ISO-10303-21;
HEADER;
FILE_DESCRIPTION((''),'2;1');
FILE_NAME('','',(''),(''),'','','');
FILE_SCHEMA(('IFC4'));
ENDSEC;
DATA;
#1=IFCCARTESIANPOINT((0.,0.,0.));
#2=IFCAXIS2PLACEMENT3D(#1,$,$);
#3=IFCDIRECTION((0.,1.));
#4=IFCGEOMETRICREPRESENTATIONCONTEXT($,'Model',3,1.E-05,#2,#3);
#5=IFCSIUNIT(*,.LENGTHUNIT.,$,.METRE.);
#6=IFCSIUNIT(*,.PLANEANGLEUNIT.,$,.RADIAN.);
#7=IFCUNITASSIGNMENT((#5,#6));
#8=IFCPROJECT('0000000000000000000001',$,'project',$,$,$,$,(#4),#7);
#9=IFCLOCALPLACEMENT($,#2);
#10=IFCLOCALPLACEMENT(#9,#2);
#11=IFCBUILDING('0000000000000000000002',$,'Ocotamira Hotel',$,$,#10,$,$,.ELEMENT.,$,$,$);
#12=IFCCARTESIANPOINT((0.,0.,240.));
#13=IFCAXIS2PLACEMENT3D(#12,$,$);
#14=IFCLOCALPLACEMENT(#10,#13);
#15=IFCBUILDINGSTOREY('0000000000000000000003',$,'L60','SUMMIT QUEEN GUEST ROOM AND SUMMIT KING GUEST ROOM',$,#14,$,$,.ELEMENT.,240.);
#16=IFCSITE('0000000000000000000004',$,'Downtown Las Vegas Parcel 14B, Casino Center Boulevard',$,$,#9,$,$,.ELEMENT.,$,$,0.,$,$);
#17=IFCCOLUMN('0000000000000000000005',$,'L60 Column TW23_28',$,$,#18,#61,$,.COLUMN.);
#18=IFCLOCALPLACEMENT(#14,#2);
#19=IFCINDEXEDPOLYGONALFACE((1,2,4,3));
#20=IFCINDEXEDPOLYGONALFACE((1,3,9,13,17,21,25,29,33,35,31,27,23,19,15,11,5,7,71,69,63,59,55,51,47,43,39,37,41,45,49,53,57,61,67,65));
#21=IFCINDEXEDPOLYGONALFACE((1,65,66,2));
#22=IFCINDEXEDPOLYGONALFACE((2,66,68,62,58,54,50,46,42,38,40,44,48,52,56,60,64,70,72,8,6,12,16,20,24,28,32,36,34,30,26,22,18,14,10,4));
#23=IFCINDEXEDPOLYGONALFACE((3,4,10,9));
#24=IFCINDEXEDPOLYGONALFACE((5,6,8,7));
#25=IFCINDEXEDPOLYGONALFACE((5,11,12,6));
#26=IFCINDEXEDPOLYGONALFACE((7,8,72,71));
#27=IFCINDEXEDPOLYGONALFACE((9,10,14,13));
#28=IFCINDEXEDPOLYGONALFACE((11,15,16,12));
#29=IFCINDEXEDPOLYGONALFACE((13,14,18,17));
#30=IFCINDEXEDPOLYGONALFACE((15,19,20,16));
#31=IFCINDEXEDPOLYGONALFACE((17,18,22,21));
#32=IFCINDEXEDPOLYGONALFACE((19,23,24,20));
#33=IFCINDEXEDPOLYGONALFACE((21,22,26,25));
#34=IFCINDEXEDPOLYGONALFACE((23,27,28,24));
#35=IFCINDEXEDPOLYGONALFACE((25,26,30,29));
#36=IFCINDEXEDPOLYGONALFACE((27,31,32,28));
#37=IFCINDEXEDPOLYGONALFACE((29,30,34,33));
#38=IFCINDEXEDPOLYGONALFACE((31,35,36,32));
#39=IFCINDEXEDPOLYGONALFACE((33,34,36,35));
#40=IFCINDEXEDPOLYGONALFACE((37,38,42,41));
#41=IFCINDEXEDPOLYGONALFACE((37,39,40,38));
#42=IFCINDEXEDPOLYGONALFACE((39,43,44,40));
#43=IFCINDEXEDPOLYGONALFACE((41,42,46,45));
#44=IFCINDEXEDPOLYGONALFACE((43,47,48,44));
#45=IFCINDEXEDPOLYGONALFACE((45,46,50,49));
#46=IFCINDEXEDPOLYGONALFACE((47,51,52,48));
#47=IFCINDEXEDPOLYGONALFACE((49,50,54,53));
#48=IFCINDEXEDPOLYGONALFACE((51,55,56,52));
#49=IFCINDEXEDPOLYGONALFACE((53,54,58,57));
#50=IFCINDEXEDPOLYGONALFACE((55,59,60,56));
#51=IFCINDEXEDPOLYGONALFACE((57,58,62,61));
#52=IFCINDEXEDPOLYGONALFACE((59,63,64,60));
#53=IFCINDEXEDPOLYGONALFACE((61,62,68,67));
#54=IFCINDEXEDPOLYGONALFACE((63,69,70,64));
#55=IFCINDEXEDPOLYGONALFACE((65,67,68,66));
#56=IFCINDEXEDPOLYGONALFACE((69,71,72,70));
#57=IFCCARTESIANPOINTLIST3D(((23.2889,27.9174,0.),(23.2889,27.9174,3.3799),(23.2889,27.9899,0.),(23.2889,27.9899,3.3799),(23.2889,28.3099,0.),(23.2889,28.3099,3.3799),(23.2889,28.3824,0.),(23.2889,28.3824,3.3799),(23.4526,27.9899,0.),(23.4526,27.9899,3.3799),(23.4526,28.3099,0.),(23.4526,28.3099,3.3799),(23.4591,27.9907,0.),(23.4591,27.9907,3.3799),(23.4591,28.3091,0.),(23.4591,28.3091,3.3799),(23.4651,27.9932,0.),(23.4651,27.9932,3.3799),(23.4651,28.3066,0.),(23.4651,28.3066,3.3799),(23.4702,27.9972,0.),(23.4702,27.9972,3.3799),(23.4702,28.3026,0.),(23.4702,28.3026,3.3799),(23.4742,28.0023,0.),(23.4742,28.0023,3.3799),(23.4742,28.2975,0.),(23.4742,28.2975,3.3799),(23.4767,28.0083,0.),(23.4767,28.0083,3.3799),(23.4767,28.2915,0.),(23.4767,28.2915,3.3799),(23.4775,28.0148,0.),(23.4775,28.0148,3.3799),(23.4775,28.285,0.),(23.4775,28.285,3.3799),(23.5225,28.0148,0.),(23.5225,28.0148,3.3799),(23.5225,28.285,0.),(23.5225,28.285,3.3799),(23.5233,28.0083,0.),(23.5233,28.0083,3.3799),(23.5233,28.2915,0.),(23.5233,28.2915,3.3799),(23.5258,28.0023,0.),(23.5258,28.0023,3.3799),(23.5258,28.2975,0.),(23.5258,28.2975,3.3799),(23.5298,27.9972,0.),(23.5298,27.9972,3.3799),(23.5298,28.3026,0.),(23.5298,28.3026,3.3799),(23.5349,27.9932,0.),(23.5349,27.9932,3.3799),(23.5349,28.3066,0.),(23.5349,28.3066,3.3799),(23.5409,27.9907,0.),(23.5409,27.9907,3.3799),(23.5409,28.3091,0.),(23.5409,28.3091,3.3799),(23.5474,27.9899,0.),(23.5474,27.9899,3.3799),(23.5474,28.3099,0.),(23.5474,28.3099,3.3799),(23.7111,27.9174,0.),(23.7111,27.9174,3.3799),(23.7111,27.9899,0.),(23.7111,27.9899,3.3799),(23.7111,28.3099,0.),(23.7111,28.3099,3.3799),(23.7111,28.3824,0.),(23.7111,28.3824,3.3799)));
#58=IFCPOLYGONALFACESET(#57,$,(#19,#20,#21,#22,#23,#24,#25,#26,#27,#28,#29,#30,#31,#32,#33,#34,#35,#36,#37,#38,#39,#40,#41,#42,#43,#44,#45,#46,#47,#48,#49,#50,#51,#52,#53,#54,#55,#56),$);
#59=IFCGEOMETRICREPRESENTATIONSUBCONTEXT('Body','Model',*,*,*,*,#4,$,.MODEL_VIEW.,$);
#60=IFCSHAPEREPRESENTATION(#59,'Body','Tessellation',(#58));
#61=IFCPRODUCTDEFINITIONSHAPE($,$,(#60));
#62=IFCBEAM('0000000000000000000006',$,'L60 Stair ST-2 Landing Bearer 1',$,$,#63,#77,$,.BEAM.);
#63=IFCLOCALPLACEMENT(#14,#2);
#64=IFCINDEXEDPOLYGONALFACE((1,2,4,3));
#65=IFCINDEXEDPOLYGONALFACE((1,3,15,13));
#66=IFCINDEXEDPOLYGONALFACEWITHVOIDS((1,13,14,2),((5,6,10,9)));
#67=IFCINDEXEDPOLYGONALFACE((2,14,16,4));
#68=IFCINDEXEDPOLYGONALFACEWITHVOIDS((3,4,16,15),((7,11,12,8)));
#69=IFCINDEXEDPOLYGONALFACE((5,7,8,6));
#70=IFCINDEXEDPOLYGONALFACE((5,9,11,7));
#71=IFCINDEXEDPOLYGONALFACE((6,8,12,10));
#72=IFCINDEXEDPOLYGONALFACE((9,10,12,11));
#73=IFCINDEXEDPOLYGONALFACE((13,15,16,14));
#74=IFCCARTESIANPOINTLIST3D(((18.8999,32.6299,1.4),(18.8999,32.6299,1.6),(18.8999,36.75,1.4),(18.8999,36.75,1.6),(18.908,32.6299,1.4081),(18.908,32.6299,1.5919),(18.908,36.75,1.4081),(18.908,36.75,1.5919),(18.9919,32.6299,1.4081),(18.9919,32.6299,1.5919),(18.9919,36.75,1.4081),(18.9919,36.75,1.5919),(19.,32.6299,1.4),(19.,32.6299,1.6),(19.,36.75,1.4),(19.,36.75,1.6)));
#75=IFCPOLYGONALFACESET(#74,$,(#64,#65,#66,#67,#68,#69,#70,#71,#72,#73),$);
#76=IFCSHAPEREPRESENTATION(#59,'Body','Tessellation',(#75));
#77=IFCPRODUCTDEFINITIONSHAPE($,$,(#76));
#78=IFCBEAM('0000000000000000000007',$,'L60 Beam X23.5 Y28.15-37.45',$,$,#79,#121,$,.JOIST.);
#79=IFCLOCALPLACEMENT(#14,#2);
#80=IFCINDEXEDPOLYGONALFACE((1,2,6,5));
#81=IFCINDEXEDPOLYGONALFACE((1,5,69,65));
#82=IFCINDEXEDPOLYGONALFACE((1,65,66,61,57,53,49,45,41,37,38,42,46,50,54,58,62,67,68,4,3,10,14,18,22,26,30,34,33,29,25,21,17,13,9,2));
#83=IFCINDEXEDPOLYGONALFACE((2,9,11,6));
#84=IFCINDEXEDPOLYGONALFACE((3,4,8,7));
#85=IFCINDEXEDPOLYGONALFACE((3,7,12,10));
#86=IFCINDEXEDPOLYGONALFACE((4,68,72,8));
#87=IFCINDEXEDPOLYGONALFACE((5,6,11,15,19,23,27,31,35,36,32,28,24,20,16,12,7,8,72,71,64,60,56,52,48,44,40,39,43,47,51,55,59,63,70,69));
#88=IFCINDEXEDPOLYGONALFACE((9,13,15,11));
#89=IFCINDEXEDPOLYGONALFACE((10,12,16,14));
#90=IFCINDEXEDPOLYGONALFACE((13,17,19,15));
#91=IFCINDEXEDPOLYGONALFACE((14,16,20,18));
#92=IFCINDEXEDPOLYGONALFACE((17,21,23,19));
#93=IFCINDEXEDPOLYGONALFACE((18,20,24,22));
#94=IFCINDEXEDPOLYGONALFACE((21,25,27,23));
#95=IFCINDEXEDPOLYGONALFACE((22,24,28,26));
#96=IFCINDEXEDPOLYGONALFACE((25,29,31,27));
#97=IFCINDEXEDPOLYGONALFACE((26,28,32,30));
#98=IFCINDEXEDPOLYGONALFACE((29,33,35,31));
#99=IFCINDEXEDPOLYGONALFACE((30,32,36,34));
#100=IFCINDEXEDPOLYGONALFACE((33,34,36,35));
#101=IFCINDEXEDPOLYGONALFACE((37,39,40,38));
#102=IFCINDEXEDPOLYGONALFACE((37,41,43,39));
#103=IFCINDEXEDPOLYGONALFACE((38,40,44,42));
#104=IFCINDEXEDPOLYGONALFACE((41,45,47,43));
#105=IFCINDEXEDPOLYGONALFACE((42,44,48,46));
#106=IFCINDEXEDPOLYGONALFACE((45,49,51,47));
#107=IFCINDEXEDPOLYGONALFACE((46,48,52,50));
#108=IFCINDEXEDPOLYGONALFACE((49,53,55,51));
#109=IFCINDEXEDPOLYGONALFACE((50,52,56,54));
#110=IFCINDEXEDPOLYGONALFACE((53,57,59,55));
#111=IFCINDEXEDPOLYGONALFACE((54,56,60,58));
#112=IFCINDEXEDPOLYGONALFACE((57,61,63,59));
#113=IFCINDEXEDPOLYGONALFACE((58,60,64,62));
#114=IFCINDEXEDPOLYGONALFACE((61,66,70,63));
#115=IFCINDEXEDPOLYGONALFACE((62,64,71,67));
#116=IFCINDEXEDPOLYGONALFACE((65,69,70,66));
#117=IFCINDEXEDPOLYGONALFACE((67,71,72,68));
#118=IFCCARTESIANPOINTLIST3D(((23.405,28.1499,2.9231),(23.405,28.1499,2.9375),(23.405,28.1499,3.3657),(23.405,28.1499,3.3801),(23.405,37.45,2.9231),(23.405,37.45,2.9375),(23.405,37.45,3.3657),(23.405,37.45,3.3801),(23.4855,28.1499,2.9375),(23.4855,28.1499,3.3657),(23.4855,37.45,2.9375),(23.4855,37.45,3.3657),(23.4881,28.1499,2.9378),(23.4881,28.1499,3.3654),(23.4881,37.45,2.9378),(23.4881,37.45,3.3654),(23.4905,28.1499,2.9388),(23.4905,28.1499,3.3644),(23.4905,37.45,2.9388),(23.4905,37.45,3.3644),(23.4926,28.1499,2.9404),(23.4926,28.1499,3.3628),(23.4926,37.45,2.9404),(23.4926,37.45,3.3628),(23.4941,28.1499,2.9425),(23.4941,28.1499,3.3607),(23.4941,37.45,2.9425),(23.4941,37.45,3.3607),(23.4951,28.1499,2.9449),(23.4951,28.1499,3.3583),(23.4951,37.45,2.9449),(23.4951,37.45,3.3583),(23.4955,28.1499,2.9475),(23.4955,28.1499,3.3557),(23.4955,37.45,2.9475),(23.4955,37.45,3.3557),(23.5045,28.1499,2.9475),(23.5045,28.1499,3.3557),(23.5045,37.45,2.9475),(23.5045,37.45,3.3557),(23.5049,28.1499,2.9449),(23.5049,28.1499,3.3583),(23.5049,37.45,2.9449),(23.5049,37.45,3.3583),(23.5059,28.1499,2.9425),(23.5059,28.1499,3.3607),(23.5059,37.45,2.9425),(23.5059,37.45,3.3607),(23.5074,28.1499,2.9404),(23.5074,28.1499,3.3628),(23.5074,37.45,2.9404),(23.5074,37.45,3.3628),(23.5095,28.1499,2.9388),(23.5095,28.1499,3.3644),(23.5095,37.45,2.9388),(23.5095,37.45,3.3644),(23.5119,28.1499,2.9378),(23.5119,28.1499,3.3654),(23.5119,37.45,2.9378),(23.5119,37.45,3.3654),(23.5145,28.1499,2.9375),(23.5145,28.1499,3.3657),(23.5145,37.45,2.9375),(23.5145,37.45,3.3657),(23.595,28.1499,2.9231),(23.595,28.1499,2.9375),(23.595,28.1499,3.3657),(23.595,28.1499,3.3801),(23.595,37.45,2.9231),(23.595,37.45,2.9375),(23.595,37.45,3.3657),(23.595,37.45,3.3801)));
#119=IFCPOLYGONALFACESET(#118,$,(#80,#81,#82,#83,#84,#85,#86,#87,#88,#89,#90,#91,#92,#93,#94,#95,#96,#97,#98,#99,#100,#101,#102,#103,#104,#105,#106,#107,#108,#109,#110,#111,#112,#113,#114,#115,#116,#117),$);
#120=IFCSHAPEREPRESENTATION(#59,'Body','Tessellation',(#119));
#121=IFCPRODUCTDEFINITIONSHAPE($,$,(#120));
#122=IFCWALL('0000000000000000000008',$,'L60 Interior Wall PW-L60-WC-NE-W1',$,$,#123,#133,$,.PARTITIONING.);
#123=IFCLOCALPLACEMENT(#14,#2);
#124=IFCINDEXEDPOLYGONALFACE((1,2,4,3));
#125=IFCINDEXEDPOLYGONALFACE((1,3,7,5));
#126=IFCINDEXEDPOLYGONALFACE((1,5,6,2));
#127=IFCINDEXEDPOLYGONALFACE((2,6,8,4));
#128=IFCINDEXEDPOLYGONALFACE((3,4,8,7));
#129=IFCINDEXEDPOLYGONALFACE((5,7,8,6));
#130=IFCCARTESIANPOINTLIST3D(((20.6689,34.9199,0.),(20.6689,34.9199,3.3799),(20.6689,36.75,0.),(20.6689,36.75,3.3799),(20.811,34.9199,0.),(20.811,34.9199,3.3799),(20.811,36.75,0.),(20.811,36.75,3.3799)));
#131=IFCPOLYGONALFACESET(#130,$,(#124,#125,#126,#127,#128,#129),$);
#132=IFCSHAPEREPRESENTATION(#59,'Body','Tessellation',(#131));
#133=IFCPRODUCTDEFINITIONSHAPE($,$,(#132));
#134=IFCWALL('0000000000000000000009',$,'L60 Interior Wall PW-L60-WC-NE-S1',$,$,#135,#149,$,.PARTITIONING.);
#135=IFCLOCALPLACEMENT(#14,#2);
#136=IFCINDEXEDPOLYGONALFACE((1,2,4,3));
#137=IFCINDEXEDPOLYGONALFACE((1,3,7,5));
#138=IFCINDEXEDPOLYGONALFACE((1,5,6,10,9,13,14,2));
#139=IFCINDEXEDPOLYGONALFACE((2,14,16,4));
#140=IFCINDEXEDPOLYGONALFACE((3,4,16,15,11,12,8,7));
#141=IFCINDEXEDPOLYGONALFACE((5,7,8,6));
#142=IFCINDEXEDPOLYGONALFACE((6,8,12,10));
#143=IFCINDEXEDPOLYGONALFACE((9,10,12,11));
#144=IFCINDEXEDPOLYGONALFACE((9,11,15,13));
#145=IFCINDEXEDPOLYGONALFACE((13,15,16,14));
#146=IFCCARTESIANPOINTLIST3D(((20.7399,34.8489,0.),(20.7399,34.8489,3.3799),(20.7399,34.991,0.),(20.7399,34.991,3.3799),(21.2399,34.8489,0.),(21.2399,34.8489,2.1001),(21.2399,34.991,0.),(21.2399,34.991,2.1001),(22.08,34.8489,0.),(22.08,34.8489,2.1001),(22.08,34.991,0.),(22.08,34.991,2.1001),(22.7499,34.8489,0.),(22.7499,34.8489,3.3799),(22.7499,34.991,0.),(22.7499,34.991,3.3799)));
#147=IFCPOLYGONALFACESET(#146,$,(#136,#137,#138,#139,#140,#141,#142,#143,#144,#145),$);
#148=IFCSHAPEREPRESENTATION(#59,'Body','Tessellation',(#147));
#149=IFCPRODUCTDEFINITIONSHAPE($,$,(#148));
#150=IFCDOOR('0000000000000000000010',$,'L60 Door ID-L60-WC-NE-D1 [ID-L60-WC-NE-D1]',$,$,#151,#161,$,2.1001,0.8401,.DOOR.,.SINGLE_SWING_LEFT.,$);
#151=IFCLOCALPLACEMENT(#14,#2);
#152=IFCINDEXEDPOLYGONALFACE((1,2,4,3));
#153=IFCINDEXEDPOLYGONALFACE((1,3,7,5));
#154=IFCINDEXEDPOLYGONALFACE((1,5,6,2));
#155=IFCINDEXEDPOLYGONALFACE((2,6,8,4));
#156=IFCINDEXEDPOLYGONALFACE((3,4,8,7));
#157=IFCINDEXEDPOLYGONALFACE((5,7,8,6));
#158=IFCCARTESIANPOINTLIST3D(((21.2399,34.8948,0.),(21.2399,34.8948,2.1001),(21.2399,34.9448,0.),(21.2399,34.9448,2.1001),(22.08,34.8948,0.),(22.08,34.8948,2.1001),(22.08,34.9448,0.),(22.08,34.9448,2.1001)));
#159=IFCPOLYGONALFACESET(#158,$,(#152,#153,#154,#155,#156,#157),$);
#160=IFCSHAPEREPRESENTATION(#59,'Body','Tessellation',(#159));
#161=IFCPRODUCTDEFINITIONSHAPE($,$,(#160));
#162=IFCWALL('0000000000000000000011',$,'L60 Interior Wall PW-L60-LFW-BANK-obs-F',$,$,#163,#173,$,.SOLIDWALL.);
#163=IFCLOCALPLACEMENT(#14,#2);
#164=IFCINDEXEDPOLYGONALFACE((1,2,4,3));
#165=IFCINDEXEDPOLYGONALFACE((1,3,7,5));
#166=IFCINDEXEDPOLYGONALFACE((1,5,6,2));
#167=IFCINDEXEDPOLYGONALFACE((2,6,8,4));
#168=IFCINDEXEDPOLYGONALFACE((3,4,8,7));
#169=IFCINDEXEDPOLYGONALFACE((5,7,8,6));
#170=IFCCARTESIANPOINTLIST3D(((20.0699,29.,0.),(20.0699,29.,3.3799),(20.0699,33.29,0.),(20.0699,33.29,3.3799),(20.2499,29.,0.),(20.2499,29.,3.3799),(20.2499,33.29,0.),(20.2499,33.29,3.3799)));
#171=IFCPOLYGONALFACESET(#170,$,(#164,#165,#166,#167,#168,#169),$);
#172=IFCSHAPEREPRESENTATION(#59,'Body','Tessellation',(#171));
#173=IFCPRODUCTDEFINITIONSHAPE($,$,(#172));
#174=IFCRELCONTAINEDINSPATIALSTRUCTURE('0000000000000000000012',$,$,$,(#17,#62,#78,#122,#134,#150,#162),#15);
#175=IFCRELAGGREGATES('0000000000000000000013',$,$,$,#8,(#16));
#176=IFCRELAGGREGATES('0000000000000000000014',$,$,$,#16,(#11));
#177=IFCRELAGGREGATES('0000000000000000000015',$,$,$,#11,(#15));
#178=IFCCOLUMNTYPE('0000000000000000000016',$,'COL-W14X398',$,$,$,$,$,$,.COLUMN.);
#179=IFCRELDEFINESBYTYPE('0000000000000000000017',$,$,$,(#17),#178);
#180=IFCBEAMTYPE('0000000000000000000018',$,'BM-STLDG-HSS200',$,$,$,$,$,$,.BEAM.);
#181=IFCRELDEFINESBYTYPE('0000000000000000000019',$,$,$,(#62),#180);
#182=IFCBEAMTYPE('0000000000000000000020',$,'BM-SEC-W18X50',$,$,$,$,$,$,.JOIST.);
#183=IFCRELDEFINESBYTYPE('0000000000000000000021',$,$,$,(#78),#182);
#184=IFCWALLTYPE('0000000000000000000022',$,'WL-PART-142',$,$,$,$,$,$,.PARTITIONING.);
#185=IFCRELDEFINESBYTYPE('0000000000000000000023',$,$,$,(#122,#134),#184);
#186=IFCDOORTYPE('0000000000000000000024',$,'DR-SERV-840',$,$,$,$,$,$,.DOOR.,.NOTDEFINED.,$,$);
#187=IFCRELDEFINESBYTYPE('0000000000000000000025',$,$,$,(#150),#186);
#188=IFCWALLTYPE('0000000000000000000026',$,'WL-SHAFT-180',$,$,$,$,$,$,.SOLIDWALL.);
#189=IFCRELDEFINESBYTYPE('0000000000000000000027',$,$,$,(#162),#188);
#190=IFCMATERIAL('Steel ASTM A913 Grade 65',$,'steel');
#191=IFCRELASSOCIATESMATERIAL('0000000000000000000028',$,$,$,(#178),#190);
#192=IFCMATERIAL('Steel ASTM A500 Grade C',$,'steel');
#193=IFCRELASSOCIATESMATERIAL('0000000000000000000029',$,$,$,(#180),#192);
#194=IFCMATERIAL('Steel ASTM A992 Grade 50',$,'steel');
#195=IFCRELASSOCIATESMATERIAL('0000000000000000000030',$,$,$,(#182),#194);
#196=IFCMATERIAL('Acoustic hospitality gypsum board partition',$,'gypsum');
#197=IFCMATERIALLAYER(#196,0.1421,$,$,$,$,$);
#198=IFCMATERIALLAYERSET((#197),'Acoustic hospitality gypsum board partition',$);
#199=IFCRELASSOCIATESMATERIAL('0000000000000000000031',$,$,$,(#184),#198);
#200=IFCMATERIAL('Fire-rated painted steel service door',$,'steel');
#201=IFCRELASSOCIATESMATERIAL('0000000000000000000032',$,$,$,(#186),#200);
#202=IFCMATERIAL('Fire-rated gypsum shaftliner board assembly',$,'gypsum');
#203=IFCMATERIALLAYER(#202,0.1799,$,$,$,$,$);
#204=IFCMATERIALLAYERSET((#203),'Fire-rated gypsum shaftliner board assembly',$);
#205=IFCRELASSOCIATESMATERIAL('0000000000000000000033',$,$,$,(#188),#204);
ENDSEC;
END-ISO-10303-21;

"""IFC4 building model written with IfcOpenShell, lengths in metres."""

from ifc_helpers import new_model, si_unit, direction, frame, frame_2d, origin, origin_2d, place, context, subcontext, project, spatial, rectangle, hollow_rectangle, i_section, extrude, source, transform, mapped, material, layer, layer_set, material_profile, profile_set, type_object, element, fill, save


model = new_model("IFC4")

# Units and contexts
model_context = context("Model", 3, precision=1e-05, world=origin(), true_north=direction((0.0, 1.0)))
body_context = subcontext(model_context, "Body", "Model", "MODEL_VIEW")
ifc_project = project(units=[si_unit("LENGTHUNIT", "METRE"), si_unit("PLANEANGLEUNIT", "RADIAN")], contexts=[model_context])

# Site, building, storey
site_placement = place(None, origin())
site = spatial("IfcSite", under=ifc_project, at=site_placement, Name="Downtown Las Vegas Parcel 14B, Casino Center Boulevard", CompositionType="ELEMENT", RefElevation=0.0)
building_placement = place(site_placement, origin())
building = spatial("IfcBuilding", under=site, at=building_placement, Name="Ocotamira Hotel", CompositionType="ELEMENT")
storey_placement = place(building_placement, frame((0.0, 0.0, 240.0)))
storey = spatial("IfcBuildingStorey", under=building, at=storey_placement, Name="L60", Description="SUMMIT QUEEN GUEST ROOM AND SUMMIT KING GUEST ROOM", CompositionType="ELEMENT", Elevation=240.0)

# Column
ifc_material_1 = material(Name="Steel ASTM A913 Grade 65", Category="steel")
ifc_material_profile_1 = material_profile(ifc_material_1, i_section(OverallWidth=0.4221, OverallDepth=0.4651, WebThickness=0.0449, FlangeThickness=0.0725, FilletRadius=0.0249, at=origin_2d()), Name="W14X398")
ifc_profile_set_1 = profile_set([ifc_material_profile_1], Name="Steel ASTM A913 Grade 65")
column_type = type_object("IfcColumnType", Name="COL-W14X398", PredefinedType="COLUMN", material=ifc_profile_set_1)
shared_shape_1 = source(origin(), body_context, "Body", "SweptSolid", [
    extrude(i_section(OverallWidth=0.4221, OverallDepth=0.4651, WebThickness=0.0449, FlangeThickness=0.0725, FilletRadius=0.0249, at=origin_2d()), origin(), (0.0, 0.0, 1.0), 3.3799),
])
column_placement = place(storey_placement, frame((23.5, 28.1499, 0.0), z_axis=(0.0, 0.0, 1.0), x_axis=(1.0, 0.0, 0.0)))
element("IfcColumn", 1, at=column_placement, inside=storey, type_object=column_type, Name="L60 Column TW23_28", PredefinedType="COLUMN", context=body_context, shape_type="MappedRepresentation", body=[
    mapped(shared_shape_1, transform((0.0, 0.0, 0.0), scale=1.0)),
])

# Beams
ifc_material_2 = material(Name="Steel ASTM A500 Grade C", Category="steel")
ifc_material_profile_2 = material_profile(ifc_material_2, hollow_rectangle(XDim=0.1001, YDim=0.2, WallThickness=0.0081, at=origin_2d()), Name="HSS200X100X8")
ifc_profile_set_2 = profile_set([ifc_material_profile_2], Name="Steel ASTM A500 Grade C")
beam_type_1 = type_object("IfcBeamType", Name="BM-STLDG-HSS200", PredefinedType="BEAM", material=ifc_profile_set_2)
shared_shape_2 = source(origin(), body_context, "Body", "SweptSolid", [
    extrude(hollow_rectangle(XDim=0.1001, YDim=0.2, WallThickness=0.0081, at=origin_2d()), origin(), (0.0, 0.0, 1.0), 4.1201),
])
beam_1_placement = place(storey_placement, frame((18.95, 32.6299, 1.5), z_axis=(0.0, 1.0, 0.0), x_axis=(-1.0, 0.0, 0.0)))
element("IfcBeam", 2, at=beam_1_placement, inside=storey, type_object=beam_type_1, Name="L60 Stair ST-2 Landing Bearer 1", PredefinedType="BEAM", context=body_context, shape_type="MappedRepresentation", body=[
    mapped(shared_shape_2, transform((0.0, 0.0, 0.0), scale=1.0)),
])
ifc_material_3 = material(Name="Steel ASTM A992 Grade 50", Category="steel")
ifc_material_profile_3 = material_profile(ifc_material_3, i_section(OverallWidth=0.1899, OverallDepth=0.457, WebThickness=0.009, FlangeThickness=0.0144, FilletRadius=0.01, at=origin_2d()), Name="W18X50")
ifc_profile_set_3 = profile_set([ifc_material_profile_3], Name="Steel ASTM A992 Grade 50")
beam_type_2 = type_object("IfcBeamType", Name="BM-SEC-W18X50", PredefinedType="JOIST", material=ifc_profile_set_3)
shared_shape_3 = source(origin(), body_context, "Body", "SweptSolid", [
    extrude(i_section(OverallWidth=0.1899, OverallDepth=0.457, WebThickness=0.009, FlangeThickness=0.0144, FilletRadius=0.01, at=origin_2d()), origin(), (0.0, 0.0, 1.0), 9.3),
])
beam_2_placement = place(storey_placement, frame((23.5, 28.1499, 3.1516), z_axis=(0.0, 1.0, 0.0), x_axis=(-1.0, 0.0, 0.0)))
element("IfcBeam", 3, at=beam_2_placement, inside=storey, type_object=beam_type_2, Name="L60 Beam X23.5 Y28.15-37.45", PredefinedType="JOIST", context=body_context, shape_type="MappedRepresentation", body=[
    mapped(shared_shape_3, transform((0.0, 0.0, 0.0), scale=1.0)),
])

# Wall
ifc_material_4 = material(Name="Acoustic hospitality gypsum board partition", Category="gypsum")
ifc_layer_1 = layer(ifc_material_4, 0.1421)
ifc_layer_set_1 = layer_set([ifc_layer_1], Name="Acoustic hospitality gypsum board partition")
wall_type_1 = type_object("IfcWallType", Name="WL-PART-142", PredefinedType="PARTITIONING", material=ifc_layer_set_1)
wall_1_placement = place(storey_placement, frame((20.74, 34.9199, 0.0), z_axis=(0.0, 0.0, 1.0), x_axis=(0.0, 1.0, 0.0)))
element("IfcWall", 4, at=wall_1_placement, inside=storey, type_object=wall_type_1, Name="L60 Interior Wall PW-L60-WC-NE-W1", PredefinedType="PARTITIONING", context=body_context, shape_type="SweptSolid", body=[
    extrude(rectangle(XDim=1.8301, YDim=0.1421, at=frame_2d((0.915, 0.0))), origin(), (0.0, 0.0, 1.0), 3.3799),
])

# Wall, opening, door
wall_2_placement = place(storey_placement, frame((20.74, 34.9199, 0.0), z_axis=(0.0, 0.0, 1.0), x_axis=(1.0, 0.0, 0.0)))
wall_2 = element("IfcWall", 5, at=wall_2_placement, inside=storey, type_object=wall_type_1, Name="L60 Interior Wall PW-L60-WC-NE-S1", PredefinedType="PARTITIONING", context=body_context, shape_type="SweptSolid", body=[
    extrude(rectangle(XDim=2.01, YDim=0.1421, at=frame_2d((1.0049, 0.0))), origin(), (0.0, 0.0, 1.0), 3.3799),
])
opening_1_placement = place(wall_2_placement, frame((0.5, 0.0, 0.0)))
opening_1 = element("IfcOpeningElement", 6, at=opening_1_placement, cuts=wall_2, PredefinedType="OPENING", context=body_context, shape_type="SweptSolid", body=[
    extrude(rectangle(XDim=0.8401, YDim=2.1001, at=frame_2d((0.4199, 1.05))), frame((0.0, 0.0811, 0.0), z_axis=(0.0, -1.0, 0.0), x_axis=(1.0, 0.0, 0.0)), (0.0, 0.0, 1.0), 0.1621),
])
ifc_material_5 = material(Name="Fire-rated painted steel service door", Category="steel")
door_type_1 = type_object("IfcDoorType", Name="DR-SERV-840", OperationType="NOTDEFINED", PredefinedType="DOOR", material=ifc_material_5)
shared_shape_4 = source(origin(), body_context, "Body", "SweptSolid", [
    extrude(rectangle(XDim=0.8401, YDim=2.1001, at=frame_2d((0.4199, 1.05))), frame((0.0, 0.0249, 0.0), z_axis=(0.0, -1.0, 0.0), x_axis=(1.0, 0.0, 0.0)), (0.0, 0.0, 1.0), 0.05),
])
door_1_placement = place(opening_1_placement, origin())
door_1 = element("IfcDoor", 7, at=door_1_placement, inside=storey, type_object=door_type_1, Name="L60 Door ID-L60-WC-NE-D1 [ID-L60-WC-NE-D1]", OperationType="SINGLE_SWING_LEFT", OverallHeight=2.1001, OverallWidth=0.8401, PredefinedType="DOOR", context=body_context, shape_type="MappedRepresentation", body=[
    mapped(shared_shape_4, transform((0.0, 0.0, 0.0), scale=1.0)),
])
fill(opening_1, door_1)

# Wall
ifc_material_6 = material(Name="Fire-rated gypsum shaftliner board assembly", Category="gypsum")
ifc_layer_2 = layer(ifc_material_6, 0.1799)
ifc_layer_set_2 = layer_set([ifc_layer_2], Name="Fire-rated gypsum shaftliner board assembly")
wall_type_2 = type_object("IfcWallType", Name="WL-SHAFT-180", PredefinedType="SOLIDWALL", material=ifc_layer_set_2)
wall_3_placement = place(storey_placement, frame((20.1599, 29.0, 0.0), z_axis=(0.0, 0.0, 1.0), x_axis=(0.0, 1.0, 0.0)))
element("IfcWall", 8, at=wall_3_placement, inside=storey, type_object=wall_type_2, Name="L60 Interior Wall PW-L60-LFW-BANK-obs-F", PredefinedType="SOLIDWALL", context=body_context, shape_type="SweptSolid", body=[
    extrude(rectangle(XDim=4.29, YDim=0.1799, at=frame_2d((2.145, 0.0))), origin(), (0.0, 0.0, 1.0), 3.3799),
])

save(model, "model.ifc")
